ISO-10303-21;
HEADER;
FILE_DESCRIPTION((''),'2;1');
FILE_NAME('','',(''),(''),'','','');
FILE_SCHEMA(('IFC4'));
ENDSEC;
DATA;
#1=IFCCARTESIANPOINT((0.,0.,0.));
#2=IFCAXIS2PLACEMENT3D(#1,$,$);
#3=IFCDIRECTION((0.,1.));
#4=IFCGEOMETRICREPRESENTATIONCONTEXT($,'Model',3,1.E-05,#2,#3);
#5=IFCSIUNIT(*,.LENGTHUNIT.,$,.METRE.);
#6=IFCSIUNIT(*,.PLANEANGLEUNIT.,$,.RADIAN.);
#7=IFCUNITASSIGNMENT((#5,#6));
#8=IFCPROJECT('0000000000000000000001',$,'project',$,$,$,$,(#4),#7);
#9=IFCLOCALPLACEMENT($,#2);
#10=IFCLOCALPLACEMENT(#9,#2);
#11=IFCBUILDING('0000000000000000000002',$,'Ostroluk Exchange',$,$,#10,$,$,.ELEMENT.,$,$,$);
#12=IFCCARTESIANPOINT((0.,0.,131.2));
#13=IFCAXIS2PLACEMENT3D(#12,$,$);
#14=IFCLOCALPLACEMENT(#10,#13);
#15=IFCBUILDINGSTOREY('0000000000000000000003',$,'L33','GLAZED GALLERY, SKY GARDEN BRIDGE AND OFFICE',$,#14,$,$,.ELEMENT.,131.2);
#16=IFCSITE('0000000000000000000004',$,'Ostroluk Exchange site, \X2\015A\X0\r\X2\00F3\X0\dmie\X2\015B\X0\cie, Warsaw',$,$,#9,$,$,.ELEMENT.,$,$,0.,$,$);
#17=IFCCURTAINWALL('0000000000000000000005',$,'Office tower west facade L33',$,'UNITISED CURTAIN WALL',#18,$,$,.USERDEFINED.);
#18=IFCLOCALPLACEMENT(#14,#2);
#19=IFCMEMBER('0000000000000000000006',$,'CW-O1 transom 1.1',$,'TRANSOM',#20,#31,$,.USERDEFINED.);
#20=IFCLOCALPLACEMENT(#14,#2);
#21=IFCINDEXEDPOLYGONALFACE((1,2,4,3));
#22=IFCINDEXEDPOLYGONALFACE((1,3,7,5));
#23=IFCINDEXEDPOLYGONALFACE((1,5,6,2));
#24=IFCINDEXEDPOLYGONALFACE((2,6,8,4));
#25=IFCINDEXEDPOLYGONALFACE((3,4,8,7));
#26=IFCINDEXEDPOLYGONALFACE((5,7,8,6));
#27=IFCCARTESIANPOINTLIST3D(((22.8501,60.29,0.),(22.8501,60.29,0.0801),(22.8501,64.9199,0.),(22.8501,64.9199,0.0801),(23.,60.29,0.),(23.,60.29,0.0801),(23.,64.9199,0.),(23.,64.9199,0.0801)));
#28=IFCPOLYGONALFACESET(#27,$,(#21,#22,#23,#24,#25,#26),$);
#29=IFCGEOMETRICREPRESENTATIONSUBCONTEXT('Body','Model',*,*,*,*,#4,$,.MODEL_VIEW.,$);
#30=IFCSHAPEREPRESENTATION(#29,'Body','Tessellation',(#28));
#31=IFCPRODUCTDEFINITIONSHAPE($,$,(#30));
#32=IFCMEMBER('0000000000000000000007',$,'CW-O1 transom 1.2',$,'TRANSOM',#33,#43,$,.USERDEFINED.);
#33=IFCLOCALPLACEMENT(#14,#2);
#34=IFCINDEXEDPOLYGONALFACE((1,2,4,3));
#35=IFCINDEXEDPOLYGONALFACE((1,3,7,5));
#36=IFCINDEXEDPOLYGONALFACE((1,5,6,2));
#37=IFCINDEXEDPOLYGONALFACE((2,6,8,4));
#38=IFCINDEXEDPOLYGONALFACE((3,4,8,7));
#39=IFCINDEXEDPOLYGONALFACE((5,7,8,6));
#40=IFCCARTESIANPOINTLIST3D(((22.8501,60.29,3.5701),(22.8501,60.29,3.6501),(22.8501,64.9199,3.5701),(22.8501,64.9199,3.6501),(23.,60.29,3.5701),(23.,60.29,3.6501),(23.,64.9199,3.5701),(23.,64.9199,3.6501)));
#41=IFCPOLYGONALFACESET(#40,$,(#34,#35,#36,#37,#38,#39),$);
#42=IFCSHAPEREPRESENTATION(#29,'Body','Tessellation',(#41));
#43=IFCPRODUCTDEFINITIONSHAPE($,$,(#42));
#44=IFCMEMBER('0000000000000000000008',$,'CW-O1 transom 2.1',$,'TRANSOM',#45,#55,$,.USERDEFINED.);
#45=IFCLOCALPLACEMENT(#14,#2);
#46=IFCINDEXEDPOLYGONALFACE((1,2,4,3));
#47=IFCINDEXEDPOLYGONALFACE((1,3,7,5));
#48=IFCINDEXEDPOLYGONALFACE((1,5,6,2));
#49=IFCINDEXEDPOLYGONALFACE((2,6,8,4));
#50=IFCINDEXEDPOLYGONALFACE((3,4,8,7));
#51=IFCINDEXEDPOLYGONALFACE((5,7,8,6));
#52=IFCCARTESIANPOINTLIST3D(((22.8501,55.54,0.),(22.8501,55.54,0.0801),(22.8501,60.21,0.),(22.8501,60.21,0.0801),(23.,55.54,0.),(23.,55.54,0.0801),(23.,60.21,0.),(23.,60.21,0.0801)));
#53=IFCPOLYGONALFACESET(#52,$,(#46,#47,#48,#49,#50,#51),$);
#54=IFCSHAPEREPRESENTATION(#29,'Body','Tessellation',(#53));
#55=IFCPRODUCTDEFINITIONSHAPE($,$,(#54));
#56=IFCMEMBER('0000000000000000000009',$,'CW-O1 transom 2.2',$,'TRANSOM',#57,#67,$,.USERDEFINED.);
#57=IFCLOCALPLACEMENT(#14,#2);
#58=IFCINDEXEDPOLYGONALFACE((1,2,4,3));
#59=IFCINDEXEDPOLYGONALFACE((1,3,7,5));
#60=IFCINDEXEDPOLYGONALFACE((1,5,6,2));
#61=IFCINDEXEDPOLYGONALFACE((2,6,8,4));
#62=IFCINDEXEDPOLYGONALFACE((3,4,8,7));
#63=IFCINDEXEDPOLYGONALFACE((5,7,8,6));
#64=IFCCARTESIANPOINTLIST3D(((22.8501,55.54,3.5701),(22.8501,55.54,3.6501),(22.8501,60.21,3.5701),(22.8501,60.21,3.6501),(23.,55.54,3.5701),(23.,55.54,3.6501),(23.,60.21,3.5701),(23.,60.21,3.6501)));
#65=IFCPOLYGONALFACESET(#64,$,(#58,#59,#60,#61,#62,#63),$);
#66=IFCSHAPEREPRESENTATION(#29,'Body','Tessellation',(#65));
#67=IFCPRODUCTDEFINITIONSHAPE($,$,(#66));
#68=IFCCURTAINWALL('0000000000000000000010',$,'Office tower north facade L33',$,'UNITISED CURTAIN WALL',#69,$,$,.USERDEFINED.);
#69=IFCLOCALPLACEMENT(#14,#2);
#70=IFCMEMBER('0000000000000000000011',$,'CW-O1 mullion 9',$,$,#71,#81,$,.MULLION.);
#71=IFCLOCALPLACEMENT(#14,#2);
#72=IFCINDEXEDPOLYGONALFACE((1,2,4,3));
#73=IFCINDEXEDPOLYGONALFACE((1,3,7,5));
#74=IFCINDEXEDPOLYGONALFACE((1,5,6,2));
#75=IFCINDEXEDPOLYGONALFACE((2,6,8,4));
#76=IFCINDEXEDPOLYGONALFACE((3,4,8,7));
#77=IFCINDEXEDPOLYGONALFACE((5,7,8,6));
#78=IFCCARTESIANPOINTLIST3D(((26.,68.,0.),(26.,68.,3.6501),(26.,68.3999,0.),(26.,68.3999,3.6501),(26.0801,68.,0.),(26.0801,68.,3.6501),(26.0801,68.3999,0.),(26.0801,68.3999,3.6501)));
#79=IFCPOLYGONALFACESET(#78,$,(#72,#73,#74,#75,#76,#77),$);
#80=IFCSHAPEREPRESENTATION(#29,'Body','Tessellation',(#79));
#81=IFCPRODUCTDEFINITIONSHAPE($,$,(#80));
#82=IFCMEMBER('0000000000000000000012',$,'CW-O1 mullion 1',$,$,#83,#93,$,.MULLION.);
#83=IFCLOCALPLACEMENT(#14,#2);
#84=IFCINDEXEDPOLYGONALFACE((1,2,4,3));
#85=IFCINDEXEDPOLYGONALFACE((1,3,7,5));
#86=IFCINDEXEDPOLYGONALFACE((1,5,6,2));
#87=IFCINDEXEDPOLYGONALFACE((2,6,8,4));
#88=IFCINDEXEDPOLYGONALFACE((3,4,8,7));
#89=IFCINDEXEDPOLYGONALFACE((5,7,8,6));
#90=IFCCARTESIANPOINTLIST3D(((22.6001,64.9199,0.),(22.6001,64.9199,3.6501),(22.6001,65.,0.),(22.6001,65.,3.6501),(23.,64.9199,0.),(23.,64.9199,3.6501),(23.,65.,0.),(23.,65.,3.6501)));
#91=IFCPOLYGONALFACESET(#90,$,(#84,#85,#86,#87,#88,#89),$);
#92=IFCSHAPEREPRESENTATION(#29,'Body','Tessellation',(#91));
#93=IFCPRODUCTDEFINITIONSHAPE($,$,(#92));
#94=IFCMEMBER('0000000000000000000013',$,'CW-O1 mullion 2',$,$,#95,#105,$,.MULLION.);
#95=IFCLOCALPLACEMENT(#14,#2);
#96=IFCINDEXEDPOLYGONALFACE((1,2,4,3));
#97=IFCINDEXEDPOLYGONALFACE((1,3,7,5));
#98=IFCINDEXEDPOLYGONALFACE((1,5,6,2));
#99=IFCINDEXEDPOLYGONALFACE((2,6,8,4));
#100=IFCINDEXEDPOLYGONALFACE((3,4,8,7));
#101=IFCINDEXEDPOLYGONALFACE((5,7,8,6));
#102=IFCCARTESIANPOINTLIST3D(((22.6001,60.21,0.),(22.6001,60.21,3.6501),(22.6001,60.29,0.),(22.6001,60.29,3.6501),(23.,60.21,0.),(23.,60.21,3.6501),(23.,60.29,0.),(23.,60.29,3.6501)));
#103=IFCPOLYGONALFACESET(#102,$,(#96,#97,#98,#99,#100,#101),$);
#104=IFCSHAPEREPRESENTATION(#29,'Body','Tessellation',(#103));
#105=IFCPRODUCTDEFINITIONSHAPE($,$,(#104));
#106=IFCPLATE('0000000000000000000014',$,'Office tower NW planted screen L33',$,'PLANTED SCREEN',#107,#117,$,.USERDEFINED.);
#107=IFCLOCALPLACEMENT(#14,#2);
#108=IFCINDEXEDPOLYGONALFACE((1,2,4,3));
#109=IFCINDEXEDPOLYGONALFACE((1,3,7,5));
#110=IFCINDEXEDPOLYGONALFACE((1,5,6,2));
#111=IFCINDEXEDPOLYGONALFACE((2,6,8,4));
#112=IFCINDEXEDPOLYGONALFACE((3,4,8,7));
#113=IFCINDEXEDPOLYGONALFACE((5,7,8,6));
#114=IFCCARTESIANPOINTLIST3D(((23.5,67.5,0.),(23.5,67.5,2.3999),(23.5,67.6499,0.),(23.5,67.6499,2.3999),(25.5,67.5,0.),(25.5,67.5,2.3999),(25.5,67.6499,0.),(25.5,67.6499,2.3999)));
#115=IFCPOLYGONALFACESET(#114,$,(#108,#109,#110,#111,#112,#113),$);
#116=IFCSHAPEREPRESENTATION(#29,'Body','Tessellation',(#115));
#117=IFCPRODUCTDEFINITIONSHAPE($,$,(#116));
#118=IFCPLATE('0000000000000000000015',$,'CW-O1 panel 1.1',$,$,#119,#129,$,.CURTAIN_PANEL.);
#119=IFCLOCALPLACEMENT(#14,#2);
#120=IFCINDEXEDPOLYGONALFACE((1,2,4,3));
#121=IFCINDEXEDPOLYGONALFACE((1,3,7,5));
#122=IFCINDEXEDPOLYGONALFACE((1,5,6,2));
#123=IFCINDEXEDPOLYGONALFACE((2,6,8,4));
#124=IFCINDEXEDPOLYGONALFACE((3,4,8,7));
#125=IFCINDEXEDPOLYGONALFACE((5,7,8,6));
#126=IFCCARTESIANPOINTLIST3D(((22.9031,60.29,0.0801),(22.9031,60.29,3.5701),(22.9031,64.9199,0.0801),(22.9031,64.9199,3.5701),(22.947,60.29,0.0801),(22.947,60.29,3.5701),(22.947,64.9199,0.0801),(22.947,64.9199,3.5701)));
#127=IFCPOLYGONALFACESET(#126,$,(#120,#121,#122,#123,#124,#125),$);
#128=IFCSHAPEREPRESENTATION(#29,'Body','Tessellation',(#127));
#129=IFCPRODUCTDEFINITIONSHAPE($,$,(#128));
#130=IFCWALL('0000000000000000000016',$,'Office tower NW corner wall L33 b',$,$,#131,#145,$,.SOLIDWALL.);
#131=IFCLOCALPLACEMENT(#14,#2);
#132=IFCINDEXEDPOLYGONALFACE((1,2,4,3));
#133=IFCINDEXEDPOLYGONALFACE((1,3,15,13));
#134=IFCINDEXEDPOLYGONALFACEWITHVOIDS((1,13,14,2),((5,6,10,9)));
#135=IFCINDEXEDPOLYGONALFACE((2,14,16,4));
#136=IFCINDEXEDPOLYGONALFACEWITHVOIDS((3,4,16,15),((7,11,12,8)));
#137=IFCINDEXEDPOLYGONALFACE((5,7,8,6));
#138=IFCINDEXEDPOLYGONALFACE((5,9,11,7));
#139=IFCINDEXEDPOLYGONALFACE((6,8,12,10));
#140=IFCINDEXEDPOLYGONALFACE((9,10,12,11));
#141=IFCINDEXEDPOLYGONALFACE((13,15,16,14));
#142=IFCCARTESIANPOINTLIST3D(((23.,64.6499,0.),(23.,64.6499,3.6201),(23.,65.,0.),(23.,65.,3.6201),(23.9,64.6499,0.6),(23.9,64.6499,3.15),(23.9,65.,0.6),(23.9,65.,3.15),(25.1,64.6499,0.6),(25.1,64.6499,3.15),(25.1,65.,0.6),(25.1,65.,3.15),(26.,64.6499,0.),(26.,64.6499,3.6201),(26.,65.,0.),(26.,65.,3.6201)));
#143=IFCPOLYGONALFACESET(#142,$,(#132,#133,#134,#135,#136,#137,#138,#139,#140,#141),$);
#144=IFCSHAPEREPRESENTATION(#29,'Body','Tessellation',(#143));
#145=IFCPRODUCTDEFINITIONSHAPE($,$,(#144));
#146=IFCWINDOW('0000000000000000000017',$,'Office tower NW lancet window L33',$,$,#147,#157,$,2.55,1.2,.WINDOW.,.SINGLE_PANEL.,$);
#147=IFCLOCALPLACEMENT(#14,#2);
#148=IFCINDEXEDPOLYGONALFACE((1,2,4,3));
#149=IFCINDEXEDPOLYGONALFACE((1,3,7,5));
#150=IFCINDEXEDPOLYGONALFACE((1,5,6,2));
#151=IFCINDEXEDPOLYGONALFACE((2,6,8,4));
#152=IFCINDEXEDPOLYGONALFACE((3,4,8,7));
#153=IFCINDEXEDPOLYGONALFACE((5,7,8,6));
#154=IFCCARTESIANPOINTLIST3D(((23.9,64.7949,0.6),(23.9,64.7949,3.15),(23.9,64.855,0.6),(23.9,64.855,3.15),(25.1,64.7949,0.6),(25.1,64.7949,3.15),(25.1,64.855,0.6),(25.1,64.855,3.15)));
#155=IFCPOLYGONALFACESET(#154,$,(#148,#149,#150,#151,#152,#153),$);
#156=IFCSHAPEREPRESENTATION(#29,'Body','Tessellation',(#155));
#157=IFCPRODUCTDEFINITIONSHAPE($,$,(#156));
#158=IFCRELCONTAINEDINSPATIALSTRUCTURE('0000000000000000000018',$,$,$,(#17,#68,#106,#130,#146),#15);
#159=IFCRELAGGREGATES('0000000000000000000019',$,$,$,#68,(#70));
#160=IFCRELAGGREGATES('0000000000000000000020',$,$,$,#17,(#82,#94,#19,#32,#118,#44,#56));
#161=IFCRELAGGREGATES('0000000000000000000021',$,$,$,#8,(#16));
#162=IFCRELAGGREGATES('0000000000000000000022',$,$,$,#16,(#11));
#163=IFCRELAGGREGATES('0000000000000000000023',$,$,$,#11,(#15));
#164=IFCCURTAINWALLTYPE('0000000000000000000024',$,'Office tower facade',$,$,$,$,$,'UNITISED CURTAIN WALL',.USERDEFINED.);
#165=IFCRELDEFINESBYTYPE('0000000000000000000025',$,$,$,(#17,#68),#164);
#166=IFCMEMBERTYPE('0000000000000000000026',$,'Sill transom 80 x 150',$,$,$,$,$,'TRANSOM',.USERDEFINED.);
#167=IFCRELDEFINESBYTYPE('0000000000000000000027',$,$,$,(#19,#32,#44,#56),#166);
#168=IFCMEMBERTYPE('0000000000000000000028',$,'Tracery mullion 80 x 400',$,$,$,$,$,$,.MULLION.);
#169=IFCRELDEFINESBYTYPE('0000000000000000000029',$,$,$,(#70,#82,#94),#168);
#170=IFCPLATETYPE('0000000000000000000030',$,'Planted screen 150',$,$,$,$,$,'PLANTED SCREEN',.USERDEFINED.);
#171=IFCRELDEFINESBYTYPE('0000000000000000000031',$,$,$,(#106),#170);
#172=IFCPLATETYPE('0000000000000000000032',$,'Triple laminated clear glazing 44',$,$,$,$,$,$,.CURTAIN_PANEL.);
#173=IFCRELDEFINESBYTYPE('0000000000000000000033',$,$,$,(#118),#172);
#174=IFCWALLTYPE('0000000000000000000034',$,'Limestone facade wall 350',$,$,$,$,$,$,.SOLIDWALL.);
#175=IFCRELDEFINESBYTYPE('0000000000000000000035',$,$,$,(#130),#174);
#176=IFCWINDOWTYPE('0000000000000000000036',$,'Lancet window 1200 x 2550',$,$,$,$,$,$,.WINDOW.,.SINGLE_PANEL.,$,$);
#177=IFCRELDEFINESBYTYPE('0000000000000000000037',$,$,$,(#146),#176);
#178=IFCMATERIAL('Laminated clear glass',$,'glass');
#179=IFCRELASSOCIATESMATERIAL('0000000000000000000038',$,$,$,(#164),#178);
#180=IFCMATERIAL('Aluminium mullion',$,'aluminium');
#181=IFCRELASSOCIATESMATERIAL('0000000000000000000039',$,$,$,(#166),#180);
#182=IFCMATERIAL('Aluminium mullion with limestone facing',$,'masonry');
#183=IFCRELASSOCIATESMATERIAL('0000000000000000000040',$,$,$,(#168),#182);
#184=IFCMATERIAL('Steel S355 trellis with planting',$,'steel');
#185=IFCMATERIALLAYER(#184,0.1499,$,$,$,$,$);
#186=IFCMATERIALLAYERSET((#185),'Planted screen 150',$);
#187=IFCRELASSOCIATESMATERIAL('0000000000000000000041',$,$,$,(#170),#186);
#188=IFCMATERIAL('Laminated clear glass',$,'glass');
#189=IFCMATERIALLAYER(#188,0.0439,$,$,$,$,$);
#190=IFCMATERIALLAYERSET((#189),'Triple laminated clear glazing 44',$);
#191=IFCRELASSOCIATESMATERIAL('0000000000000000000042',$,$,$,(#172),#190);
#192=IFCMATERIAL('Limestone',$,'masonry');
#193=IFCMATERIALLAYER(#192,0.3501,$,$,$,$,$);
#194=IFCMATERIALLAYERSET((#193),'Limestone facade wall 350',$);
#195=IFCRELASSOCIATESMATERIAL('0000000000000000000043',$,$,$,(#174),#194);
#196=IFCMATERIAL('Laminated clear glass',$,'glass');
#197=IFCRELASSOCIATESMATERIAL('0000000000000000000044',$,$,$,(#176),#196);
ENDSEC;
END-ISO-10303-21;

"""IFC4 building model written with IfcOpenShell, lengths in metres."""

from ifc_helpers import new_model, si_unit, direction, frame, frame_2d, origin, origin_2d, place, context, subcontext, project, spatial, rectangle, extrude, material, layer, layer_set, material_profile, profile_set, type_object, element, fill, aggregate, save


model = new_model("IFC4")

# Units and contexts
model_context = context("Model", 3, precision=1e-05, world=origin(), true_north=direction((0.0, 1.0)))
body_context = subcontext(model_context, "Body", "Model", "MODEL_VIEW")
ifc_project = project(units=[si_unit("LENGTHUNIT", "METRE"), si_unit("PLANEANGLEUNIT", "RADIAN")], contexts=[model_context])

# Site, building, storey
site_placement = place(None, origin())
site = spatial("IfcSite", under=ifc_project, at=site_placement, Name="Ostroluk Exchange site, Śródmieście, Warsaw", CompositionType="ELEMENT", RefElevation=0.0)
building_placement = place(site_placement, origin())
building = spatial("IfcBuilding", under=site, at=building_placement, Name="Ostroluk Exchange", CompositionType="ELEMENT")
storey_placement = place(building_placement, frame((0.0, 0.0, 131.2)))
storey = spatial("IfcBuildingStorey", under=building, at=storey_placement, Name="L33", Description="GLAZED GALLERY, SKY GARDEN BRIDGE AND OFFICE", CompositionType="ELEMENT", Elevation=131.2)

# Curtain wall, members
ifc_material_1 = material(Name="Laminated clear glass", Category="glass")
curtain_wall_type = type_object("IfcCurtainWallType", Name="Office tower facade", ElementType="UNITISED CURTAIN WALL", PredefinedType="USERDEFINED", material=ifc_material_1)
curtain_wall_1_placement = place(storey_placement, origin())
curtain_wall_1 = element("IfcCurtainWall", 1, at=curtain_wall_1_placement, inside=storey, type_object=curtain_wall_type, Name="Office tower west facade L33", ObjectType="UNITISED CURTAIN WALL", PredefinedType="USERDEFINED")
ifc_material_2 = material(Name="Aluminium mullion", Category="aluminium")
ifc_material_profile_1 = material_profile(ifc_material_2, rectangle(XDim=0.1499, YDim=0.0801, at=origin_2d()), Name="Sill transom 80 x 150")
ifc_profile_set_1 = profile_set([ifc_material_profile_1], Name="Aluminium mullion")
member_type_1 = type_object("IfcMemberType", Name="Sill transom 80 x 150", ElementType="TRANSOM", PredefinedType="USERDEFINED", material=ifc_profile_set_1)
member_1_placement = place(storey_placement, frame((22.925, 64.9199, 0.04), z_axis=(0.0, -1.0, 0.0), x_axis=(1.0, 0.0, 0.0)))
member_1 = element("IfcMember", 2, at=member_1_placement, type_object=member_type_1, Name="CW-O1 transom 1.1", ObjectType="TRANSOM", PredefinedType="USERDEFINED", context=body_context, shape_type="SweptSolid", body=[
    extrude(rectangle(XDim=0.1499, YDim=0.0801, at=origin_2d()), origin(), (0.0, 0.0, 1.0), 4.6299),
])
member_2_placement = place(storey_placement, frame((22.925, 64.9199, 3.6101), z_axis=(0.0, -1.0, 0.0), x_axis=(1.0, 0.0, 0.0)))
member_2 = element("IfcMember", 3, at=member_2_placement, type_object=member_type_1, Name="CW-O1 transom 1.2", ObjectType="TRANSOM", PredefinedType="USERDEFINED", context=body_context, shape_type="SweptSolid", body=[
    extrude(rectangle(XDim=0.1499, YDim=0.0801, at=origin_2d()), origin(), (0.0, 0.0, 1.0), 4.6299),
])
member_3_placement = place(storey_placement, frame((22.925, 60.21, 0.04), z_axis=(0.0, -1.0, 0.0), x_axis=(1.0, 0.0, 0.0)))
member_3 = element("IfcMember", 4, at=member_3_placement, type_object=member_type_1, Name="CW-O1 transom 2.1", ObjectType="TRANSOM", PredefinedType="USERDEFINED", context=body_context, shape_type="SweptSolid", body=[
    extrude(rectangle(XDim=0.1499, YDim=0.0801, at=origin_2d()), origin(), (0.0, 0.0, 1.0), 4.6699),
])
member_4_placement = place(storey_placement, frame((22.925, 60.21, 3.6101), z_axis=(0.0, -1.0, 0.0), x_axis=(1.0, 0.0, 0.0)))
member_4 = element("IfcMember", 5, at=member_4_placement, type_object=member_type_1, Name="CW-O1 transom 2.2", ObjectType="TRANSOM", PredefinedType="USERDEFINED", context=body_context, shape_type="SweptSolid", body=[
    extrude(rectangle(XDim=0.1499, YDim=0.0801, at=origin_2d()), origin(), (0.0, 0.0, 1.0), 4.6699),
])

# Curtain wall, member
curtain_wall_2_placement = place(storey_placement, origin())
curtain_wall_2 = element("IfcCurtainWall", 6, at=curtain_wall_2_placement, inside=storey, type_object=curtain_wall_type, Name="Office tower north facade L33", ObjectType="UNITISED CURTAIN WALL", PredefinedType="USERDEFINED")
ifc_material_3 = material(Name="Aluminium mullion with limestone facing", Category="masonry")
ifc_material_profile_2 = material_profile(ifc_material_3, rectangle(XDim=0.3999, YDim=0.0801, at=origin_2d()), Name="Tracery mullion 80 x 400")
ifc_profile_set_2 = profile_set([ifc_material_profile_2], Name="Aluminium mullion with limestone facing")
member_type_2 = type_object("IfcMemberType", Name="Tracery mullion 80 x 400", PredefinedType="MULLION", material=ifc_profile_set_2)
member_5_placement = place(storey_placement, frame((26.04, 68.2, 0.0), z_axis=(0.0, 0.0, 1.0), x_axis=(0.0, -1.0, 0.0)))
member_5 = element("IfcMember", 7, at=member_5_placement, type_object=member_type_2, Name="CW-O1 mullion 9", PredefinedType="MULLION", context=body_context, shape_type="SweptSolid", body=[
    extrude(rectangle(XDim=0.3999, YDim=0.0801, at=origin_2d()), origin(), (0.0, 0.0, 1.0), 3.6501),
])
aggregate(curtain_wall_2, [member_5])

# Members
member_6_placement = place(storey_placement, frame((22.8, 64.96, 0.0), z_axis=(0.0, 0.0, 1.0), x_axis=(1.0, 0.0, 0.0)))
member_6 = element("IfcMember", 8, at=member_6_placement, type_object=member_type_2, Name="CW-O1 mullion 1", PredefinedType="MULLION", context=body_context, shape_type="SweptSolid", body=[
    extrude(rectangle(XDim=0.3999, YDim=0.0801, at=origin_2d()), origin(), (0.0, 0.0, 1.0), 3.6501),
])
member_7_placement = place(storey_placement, frame((22.8, 60.25, 0.0), z_axis=(0.0, 0.0, 1.0), x_axis=(1.0, 0.0, 0.0)))
member_7 = element("IfcMember", 9, at=member_7_placement, type_object=member_type_2, Name="CW-O1 mullion 2", PredefinedType="MULLION", context=body_context, shape_type="SweptSolid", body=[
    extrude(rectangle(XDim=0.3999, YDim=0.0801, at=origin_2d()), origin(), (0.0, 0.0, 1.0), 3.6501),
])

# Plates
ifc_material_4 = material(Name="Steel S355 trellis with planting", Category="steel")
ifc_layer_1 = layer(ifc_material_4, 0.1499)
ifc_layer_set_1 = layer_set([ifc_layer_1], Name="Planted screen 150")
plate_type_1 = type_object("IfcPlateType", Name="Planted screen 150", ElementType="PLANTED SCREEN", PredefinedType="USERDEFINED", material=ifc_layer_set_1)
plate_1_placement = place(storey_placement, frame((24.5, 67.575, 0.0), z_axis=(0.0, 0.0, 1.0), x_axis=(1.0, 0.0, 0.0)))
element("IfcPlate", 10, at=plate_1_placement, inside=storey, type_object=plate_type_1, Name="Office tower NW planted screen L33", ObjectType="PLANTED SCREEN", PredefinedType="USERDEFINED", context=body_context, shape_type="SweptSolid", body=[
    extrude(rectangle(XDim=2.0, YDim=0.1499, at=origin_2d()), origin(), (0.0, 0.0, 1.0), 2.3999),
])
ifc_material_5 = material(Name="Laminated clear glass", Category="glass")
ifc_layer_2 = layer(ifc_material_5, 0.0439)
ifc_layer_set_2 = layer_set([ifc_layer_2], Name="Triple laminated clear glazing 44")
plate_type_2 = type_object("IfcPlateType", Name="Triple laminated clear glazing 44", PredefinedType="CURTAIN_PANEL", material=ifc_layer_set_2)
plate_2_placement = place(storey_placement, frame((22.925, 62.605, 0.0801), z_axis=(0.0, 0.0, 1.0), x_axis=(0.0, -1.0, 0.0)))
plate_2 = element("IfcPlate", 11, at=plate_2_placement, type_object=plate_type_2, Name="CW-O1 panel 1.1", PredefinedType="CURTAIN_PANEL", context=body_context, shape_type="SweptSolid", body=[
    extrude(rectangle(XDim=4.6299, YDim=0.0439, at=origin_2d()), origin(), (0.0, 0.0, 1.0), 3.49),
])
aggregate(curtain_wall_1, [member_6, member_7, member_1, member_2, plate_2, member_3, member_4])

# Shared definitions
ifc_material_6 = material(Name="Limestone", Category="masonry")
ifc_layer_3 = layer(ifc_material_6, 0.3501)
ifc_layer_set_3 = layer_set([ifc_layer_3], Name="Limestone facade wall 350")
wall_type_1 = type_object("IfcWallType", Name="Limestone facade wall 350", PredefinedType="SOLIDWALL", material=ifc_layer_set_3)

# Wall, opening, window
wall_1_placement = place(storey_placement, frame((26.0, 64.825, 0.0), z_axis=(0.0, 0.0, 1.0), x_axis=(-1.0, 0.0, 0.0)))
wall_1 = element("IfcWall", 12, at=wall_1_placement, inside=storey, type_object=wall_type_1, Name="Office tower NW corner wall L33 b", PredefinedType="SOLIDWALL", context=body_context, shape_type="SweptSolid", body=[
    extrude(rectangle(XDim=3.0, YDim=0.3501, at=frame_2d((1.5, 0.0))), origin(), (0.0, 0.0, 1.0), 3.6201),
])
opening_1_placement = place(wall_1_placement, frame((0.8999, 0.0, 0.6001)))
opening_1 = element("IfcOpeningElement", 13, at=opening_1_placement, cuts=wall_1, PredefinedType="OPENING", context=body_context, shape_type="SweptSolid", body=[
    extrude(rectangle(XDim=1.2, YDim=2.55, at=frame_2d((0.6001, 1.2749))), frame((0.0, 0.1851, 0.0), z_axis=(0.0, -1.0, 0.0), x_axis=(1.0, 0.0, 0.0)), (0.0, 0.0, 1.0), 0.3701),
])
ifc_material_7 = material(Name="Laminated clear glass", Category="glass")
window_type = type_object("IfcWindowType", Name="Lancet window 1200 x 2550", PartitioningType="SINGLE_PANEL", PredefinedType="WINDOW", material=ifc_material_7)
window_placement = place(opening_1_placement, origin())
window = element("IfcWindow", 14, at=window_placement, inside=storey, type_object=window_type, Name="Office tower NW lancet window L33", OverallHeight=2.55, OverallWidth=1.2, PartitioningType="SINGLE_PANEL", PredefinedType="WINDOW", context=body_context, shape_type="SweptSolid", body=[
    extrude(rectangle(XDim=1.2, YDim=2.55, at=frame_2d((0.6001, 1.2749))), frame((0.0, 0.03, 0.0), z_axis=(0.0, -1.0, 0.0), x_axis=(1.0, 0.0, 0.0)), (0.0, 0.0, 1.0), 0.0601),
])
fill(opening_1, window)

save(model, "model.ifc")
